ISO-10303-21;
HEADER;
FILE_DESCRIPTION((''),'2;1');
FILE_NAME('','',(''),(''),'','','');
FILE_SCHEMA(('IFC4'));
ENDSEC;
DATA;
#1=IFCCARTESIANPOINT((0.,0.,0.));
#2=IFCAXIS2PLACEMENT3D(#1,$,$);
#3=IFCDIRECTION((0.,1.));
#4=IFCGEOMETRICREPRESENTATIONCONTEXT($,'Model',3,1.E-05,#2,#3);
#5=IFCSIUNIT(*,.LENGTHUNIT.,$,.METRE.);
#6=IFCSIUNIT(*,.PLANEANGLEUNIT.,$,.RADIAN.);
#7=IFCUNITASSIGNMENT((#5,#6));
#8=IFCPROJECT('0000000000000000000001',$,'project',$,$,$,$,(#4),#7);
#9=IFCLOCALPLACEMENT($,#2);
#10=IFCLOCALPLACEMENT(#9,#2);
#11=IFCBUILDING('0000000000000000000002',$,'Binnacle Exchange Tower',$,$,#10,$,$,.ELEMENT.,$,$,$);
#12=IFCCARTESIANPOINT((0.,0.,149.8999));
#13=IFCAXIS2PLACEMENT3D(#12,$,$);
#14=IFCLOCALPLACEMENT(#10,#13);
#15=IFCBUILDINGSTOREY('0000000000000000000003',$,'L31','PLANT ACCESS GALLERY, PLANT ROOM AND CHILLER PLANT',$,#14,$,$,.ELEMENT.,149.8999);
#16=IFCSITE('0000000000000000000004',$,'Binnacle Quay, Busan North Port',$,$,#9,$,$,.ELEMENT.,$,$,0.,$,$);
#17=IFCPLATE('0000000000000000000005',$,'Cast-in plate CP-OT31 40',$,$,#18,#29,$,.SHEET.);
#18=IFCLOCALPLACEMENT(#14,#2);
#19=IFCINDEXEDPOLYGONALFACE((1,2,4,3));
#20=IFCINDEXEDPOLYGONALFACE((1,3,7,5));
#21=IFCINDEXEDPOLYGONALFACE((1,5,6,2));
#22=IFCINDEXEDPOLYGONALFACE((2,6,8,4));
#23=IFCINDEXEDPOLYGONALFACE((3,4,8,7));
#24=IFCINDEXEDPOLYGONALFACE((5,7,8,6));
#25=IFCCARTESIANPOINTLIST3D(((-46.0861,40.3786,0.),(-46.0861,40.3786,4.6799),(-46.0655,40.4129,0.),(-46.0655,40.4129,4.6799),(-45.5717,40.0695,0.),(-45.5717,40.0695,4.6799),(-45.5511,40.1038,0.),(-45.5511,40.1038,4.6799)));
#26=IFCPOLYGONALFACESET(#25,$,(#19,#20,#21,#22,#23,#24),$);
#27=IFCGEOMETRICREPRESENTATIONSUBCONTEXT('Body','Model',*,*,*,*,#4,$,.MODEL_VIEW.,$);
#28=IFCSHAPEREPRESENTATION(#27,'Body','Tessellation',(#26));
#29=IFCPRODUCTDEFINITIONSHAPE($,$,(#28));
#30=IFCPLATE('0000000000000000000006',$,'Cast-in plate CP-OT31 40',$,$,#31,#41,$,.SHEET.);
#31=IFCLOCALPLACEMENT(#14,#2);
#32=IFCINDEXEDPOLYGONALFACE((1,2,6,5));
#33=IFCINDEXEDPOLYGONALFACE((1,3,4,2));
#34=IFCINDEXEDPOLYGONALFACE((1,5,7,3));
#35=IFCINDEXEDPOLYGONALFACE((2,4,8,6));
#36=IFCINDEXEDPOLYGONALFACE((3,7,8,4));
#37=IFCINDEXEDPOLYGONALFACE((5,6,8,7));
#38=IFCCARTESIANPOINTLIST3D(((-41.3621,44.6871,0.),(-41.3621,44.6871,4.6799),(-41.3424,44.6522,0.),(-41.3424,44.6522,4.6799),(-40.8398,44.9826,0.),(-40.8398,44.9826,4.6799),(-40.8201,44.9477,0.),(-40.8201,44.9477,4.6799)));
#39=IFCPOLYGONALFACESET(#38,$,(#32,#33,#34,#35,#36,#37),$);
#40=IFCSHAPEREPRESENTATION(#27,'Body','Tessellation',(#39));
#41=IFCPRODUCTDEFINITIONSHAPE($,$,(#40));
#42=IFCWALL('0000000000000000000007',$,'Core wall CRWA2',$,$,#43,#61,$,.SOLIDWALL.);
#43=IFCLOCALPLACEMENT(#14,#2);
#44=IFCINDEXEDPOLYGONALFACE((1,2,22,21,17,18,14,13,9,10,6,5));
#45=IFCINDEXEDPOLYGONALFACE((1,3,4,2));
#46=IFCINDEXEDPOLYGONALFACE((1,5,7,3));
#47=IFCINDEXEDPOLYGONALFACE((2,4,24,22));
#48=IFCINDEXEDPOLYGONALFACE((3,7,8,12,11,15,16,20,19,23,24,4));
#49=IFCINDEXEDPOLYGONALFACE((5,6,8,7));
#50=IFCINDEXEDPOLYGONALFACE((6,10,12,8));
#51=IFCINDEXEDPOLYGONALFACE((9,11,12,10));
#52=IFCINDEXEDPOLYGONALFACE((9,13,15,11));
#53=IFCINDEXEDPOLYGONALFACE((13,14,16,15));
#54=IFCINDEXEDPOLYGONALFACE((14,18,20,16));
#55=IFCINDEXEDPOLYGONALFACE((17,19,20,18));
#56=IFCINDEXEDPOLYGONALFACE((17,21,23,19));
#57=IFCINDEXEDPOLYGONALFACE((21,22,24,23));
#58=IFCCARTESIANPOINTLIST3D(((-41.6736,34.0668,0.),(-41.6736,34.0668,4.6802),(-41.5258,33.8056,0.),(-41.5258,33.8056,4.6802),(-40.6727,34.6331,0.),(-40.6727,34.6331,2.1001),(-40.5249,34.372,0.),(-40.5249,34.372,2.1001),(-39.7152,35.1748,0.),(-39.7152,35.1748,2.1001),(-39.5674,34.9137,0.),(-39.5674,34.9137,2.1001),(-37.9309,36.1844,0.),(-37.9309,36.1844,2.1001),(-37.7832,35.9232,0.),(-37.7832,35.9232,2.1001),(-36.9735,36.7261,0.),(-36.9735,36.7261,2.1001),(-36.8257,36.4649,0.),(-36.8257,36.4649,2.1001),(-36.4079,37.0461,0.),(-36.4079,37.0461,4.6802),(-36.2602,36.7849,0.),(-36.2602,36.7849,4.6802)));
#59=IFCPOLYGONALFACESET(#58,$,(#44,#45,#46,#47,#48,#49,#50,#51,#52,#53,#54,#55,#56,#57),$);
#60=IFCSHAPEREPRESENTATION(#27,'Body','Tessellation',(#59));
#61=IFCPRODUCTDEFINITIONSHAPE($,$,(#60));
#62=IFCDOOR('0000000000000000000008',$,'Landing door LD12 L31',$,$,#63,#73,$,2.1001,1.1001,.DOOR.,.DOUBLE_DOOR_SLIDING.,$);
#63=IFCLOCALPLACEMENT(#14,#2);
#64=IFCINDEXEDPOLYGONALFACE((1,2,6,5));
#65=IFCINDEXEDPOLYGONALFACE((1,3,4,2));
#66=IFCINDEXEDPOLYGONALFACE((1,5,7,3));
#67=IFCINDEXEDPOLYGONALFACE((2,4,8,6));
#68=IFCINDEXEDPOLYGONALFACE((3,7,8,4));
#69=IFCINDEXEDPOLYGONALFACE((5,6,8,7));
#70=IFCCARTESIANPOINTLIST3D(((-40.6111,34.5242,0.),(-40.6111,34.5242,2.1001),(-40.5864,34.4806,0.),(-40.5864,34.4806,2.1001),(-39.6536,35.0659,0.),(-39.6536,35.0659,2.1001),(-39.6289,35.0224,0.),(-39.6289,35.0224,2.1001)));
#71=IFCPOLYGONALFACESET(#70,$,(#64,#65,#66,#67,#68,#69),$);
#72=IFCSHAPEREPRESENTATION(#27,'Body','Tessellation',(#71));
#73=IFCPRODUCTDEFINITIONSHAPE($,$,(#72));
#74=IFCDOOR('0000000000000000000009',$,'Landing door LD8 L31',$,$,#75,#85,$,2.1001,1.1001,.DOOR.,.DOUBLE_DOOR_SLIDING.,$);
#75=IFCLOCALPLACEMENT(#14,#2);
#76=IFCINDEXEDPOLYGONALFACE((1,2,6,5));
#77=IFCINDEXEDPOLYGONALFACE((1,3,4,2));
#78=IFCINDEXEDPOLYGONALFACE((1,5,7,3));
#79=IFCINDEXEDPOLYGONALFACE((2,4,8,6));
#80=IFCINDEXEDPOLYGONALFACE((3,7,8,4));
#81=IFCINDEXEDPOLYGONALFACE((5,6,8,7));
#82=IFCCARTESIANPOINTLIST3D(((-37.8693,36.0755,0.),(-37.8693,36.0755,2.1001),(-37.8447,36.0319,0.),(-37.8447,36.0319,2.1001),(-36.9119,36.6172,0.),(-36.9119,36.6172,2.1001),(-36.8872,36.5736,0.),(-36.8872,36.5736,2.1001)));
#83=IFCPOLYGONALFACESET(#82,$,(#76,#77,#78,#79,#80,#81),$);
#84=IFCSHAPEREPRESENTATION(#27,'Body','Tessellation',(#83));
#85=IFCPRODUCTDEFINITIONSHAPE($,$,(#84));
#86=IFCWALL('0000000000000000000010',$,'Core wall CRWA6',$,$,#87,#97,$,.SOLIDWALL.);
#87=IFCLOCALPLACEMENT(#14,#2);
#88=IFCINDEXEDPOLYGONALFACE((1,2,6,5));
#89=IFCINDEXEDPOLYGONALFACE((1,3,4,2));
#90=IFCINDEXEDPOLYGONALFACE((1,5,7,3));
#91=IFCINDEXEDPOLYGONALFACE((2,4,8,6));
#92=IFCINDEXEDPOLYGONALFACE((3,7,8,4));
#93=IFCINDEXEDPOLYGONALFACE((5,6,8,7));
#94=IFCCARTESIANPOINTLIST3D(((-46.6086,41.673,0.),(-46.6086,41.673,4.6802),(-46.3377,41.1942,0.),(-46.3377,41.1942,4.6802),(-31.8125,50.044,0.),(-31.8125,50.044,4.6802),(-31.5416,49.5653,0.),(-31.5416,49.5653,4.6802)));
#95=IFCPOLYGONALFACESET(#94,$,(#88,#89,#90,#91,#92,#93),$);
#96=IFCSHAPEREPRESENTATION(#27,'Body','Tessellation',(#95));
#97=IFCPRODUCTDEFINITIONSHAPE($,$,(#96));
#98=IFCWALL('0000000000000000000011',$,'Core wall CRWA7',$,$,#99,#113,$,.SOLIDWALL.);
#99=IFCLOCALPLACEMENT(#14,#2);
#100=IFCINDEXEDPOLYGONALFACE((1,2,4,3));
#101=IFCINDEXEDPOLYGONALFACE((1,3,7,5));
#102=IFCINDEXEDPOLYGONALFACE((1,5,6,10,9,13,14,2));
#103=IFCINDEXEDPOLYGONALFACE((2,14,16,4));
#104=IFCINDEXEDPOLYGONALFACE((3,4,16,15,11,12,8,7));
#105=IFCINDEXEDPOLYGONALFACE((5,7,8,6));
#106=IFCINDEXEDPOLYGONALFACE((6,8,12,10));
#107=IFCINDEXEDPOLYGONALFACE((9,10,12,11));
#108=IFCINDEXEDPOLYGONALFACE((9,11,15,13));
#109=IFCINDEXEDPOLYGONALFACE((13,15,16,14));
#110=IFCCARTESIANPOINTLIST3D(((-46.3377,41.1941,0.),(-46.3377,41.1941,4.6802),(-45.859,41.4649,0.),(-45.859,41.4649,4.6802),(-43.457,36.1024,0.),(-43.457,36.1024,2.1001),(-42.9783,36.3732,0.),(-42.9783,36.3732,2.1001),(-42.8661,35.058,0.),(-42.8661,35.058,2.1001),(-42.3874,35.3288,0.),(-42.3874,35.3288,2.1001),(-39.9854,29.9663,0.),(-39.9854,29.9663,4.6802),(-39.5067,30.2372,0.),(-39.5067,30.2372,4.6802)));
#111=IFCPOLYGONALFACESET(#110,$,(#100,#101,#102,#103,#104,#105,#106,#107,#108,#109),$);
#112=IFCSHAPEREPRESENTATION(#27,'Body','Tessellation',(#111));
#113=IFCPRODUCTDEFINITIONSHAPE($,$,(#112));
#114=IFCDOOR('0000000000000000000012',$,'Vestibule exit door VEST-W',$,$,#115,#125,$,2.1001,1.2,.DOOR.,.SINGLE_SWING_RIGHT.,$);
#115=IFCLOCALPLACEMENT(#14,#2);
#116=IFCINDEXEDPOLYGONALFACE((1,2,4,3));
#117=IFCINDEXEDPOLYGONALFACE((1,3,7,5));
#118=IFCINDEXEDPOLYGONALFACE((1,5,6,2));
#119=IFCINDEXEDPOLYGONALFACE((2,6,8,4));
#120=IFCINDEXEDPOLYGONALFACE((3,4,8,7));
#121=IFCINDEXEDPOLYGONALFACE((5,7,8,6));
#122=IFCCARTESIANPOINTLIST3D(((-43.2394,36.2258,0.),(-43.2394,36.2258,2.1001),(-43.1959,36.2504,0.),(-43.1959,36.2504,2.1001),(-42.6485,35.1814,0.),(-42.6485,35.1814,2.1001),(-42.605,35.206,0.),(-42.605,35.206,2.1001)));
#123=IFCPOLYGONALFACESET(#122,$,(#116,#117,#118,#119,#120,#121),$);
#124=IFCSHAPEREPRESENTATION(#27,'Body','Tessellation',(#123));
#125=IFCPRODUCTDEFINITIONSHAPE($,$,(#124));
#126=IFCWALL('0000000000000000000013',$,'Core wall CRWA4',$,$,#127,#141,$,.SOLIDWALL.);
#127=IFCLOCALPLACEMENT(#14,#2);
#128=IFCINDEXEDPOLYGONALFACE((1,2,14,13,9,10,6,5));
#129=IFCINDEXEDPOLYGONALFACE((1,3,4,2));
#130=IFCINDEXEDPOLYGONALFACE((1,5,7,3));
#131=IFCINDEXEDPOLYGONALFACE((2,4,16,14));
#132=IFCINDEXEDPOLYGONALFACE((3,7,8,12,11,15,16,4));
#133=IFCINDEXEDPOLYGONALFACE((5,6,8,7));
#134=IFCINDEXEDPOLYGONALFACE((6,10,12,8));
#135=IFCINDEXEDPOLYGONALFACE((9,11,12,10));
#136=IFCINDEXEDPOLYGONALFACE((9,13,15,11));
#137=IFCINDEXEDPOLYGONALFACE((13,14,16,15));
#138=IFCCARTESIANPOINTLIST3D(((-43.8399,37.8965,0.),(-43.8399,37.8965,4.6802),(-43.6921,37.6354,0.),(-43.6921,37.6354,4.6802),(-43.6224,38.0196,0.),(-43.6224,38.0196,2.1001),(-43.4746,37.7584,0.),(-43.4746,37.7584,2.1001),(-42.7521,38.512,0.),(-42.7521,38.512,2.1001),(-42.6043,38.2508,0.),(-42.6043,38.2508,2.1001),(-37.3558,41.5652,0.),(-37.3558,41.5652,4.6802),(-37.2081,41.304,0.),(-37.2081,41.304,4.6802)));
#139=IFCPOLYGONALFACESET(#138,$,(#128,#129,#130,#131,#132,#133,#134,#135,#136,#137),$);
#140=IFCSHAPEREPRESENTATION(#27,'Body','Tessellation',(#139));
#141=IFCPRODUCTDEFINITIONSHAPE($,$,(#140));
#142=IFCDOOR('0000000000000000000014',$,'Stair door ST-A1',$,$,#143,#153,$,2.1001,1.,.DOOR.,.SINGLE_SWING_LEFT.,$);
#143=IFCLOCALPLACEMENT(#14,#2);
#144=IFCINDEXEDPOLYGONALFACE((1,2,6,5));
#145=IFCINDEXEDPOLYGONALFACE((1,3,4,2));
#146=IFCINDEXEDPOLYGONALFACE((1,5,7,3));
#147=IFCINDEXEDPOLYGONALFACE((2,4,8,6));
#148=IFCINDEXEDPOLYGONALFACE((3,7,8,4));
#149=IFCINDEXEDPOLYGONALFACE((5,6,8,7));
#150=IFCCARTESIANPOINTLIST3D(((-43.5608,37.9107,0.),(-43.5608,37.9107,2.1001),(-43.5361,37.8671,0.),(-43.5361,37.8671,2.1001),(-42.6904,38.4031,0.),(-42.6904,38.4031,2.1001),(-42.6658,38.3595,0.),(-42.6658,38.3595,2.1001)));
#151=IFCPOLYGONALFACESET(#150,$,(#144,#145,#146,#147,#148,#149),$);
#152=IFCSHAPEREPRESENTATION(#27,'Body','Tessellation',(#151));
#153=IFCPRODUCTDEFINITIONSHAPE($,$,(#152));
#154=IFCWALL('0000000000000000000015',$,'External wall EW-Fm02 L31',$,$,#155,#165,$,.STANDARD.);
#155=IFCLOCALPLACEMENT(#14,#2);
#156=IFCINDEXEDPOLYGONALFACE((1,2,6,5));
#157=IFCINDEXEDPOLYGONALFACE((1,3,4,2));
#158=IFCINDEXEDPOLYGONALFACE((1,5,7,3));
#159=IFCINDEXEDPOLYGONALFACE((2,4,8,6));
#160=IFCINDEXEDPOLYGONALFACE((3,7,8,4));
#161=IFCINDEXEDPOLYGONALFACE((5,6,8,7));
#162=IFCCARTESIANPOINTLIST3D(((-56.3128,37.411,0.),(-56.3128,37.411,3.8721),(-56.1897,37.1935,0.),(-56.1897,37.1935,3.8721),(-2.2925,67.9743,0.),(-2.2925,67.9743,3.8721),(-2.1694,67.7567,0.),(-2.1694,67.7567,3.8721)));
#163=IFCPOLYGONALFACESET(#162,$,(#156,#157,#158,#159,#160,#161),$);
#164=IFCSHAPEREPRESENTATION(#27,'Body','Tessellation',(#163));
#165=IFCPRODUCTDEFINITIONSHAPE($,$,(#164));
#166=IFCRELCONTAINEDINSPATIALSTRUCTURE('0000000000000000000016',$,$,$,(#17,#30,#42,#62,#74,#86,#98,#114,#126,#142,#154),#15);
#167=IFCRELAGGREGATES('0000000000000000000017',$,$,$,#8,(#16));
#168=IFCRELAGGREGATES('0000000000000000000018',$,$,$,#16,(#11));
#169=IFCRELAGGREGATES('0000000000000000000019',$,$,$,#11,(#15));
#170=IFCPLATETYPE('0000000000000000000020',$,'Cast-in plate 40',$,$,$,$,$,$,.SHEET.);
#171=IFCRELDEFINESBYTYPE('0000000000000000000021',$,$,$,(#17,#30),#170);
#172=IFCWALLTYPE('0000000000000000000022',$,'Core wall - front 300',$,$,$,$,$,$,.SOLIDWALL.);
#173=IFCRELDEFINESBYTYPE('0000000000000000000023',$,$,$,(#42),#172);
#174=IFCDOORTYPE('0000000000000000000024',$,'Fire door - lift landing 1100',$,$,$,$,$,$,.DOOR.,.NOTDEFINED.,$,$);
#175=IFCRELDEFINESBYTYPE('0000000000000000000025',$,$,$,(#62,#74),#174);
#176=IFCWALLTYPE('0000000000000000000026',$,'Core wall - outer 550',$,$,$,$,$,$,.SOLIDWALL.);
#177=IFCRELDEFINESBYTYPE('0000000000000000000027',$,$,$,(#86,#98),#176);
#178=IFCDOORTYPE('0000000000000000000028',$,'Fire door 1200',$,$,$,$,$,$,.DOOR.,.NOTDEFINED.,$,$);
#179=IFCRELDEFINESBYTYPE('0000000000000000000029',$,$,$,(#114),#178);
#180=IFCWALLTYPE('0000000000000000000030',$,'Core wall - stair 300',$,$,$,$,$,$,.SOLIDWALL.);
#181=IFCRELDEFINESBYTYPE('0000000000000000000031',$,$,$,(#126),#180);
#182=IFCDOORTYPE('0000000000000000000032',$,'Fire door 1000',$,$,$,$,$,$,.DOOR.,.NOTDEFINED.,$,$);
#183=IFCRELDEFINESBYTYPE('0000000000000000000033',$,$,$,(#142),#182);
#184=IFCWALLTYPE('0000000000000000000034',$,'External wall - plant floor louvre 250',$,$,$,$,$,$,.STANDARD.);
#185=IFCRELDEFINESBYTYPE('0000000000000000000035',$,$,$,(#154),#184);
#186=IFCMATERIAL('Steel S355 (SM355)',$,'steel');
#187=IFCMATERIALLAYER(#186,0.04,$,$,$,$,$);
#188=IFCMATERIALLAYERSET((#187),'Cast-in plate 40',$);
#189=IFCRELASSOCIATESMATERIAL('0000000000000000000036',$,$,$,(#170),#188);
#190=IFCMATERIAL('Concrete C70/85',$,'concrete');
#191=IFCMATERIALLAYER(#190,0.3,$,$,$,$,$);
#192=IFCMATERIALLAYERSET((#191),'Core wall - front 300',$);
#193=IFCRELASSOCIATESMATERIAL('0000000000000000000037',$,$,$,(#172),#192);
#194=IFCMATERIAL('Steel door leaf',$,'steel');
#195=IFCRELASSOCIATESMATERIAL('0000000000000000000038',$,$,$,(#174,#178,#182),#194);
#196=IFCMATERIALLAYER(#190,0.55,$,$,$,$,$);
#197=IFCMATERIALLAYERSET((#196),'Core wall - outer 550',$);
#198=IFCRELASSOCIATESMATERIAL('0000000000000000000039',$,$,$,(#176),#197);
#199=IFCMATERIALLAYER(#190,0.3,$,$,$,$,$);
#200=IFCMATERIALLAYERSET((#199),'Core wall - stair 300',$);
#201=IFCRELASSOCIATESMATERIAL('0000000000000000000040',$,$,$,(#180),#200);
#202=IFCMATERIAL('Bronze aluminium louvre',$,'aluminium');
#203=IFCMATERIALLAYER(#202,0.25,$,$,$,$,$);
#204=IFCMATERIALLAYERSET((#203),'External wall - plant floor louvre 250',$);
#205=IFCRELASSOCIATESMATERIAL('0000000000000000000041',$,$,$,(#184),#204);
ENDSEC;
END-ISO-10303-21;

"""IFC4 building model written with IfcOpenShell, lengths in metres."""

from ifc_helpers import new_model, si_unit, direction, frame, frame_2d, origin, origin_2d, place, context, subcontext, project, spatial, rectangle, extrude, material, layer, layer_set, type_object, element, fill, save


model = new_model("IFC4")

# Units and contexts
model_context = context("Model", 3, precision=1e-05, world=origin(), true_north=direction((0.0, 1.0)))
body_context = subcontext(model_context, "Body", "Model", "MODEL_VIEW")
ifc_project = project(units=[si_unit("LENGTHUNIT", "METRE"), si_unit("PLANEANGLEUNIT", "RADIAN")], contexts=[model_context])

# Site, building, storey
site_placement = place(None, origin())
site = spatial("IfcSite", under=ifc_project, at=site_placement, Name="Binnacle Quay, Busan North Port", CompositionType="ELEMENT", RefElevation=0.0)
building_placement = place(site_placement, origin())
building = spatial("IfcBuilding", under=site, at=building_placement, Name="Binnacle Exchange Tower", CompositionType="ELEMENT")
storey_placement = place(building_placement, frame((0.0, 0.0, 149.8999)))
storey = spatial("IfcBuildingStorey", under=building, at=storey_placement, Name="L31", Description="PLANT ACCESS GALLERY, PLANT ROOM AND CHILLER PLANT", CompositionType="ELEMENT", Elevation=149.8999)

# Shared definitions
ifc_material_1 = material(Name="Concrete C70/85", Category="concrete")

# Plates
ifc_material_2 = material(Name="Steel S355 (SM355)", Category="steel")
ifc_layer_1 = layer(ifc_material_2, 0.04)
ifc_layer_set_1 = layer_set([ifc_layer_1], Name="Cast-in plate 40")
plate_type = type_object("IfcPlateType", Name="Cast-in plate 40", PredefinedType="SHEET", material=ifc_layer_set_1)
for number, where, z_axis, x_axis, name in (
    (1, (-45.8186, 40.2412, 0.0), (0.0, 0.0, 1.0), (0.515038, 0.857167, 0.0), "Cast-in plate CP-OT31 40"),
    (2, (-41.0911, 44.8174, 0.0), (0.0, 0.0, 1.0), (0.492424, -0.870356, 0.0), "Cast-in plate CP-OT31 40"),
):
    element("IfcPlate", number, at=place(storey_placement, frame(where, z_axis=z_axis, x_axis=x_axis)), inside=storey, type_object=plate_type, Name=name, PredefinedType="SHEET", context=body_context, shape_type="SweptSolid", body=[
        extrude(rectangle(XDim=0.04, YDim=0.6001, at=origin_2d()), origin(), (0.0, 0.0, 1.0), 4.6799),
    ])

# Wall, openings, doors
ifc_layer_2 = layer(ifc_material_1, 0.3)
ifc_layer_set_2 = layer_set([ifc_layer_2], Name="Core wall - front 300")
wall_type_1 = type_object("IfcWallType", Name="Core wall - front 300", PredefinedType="SOLIDWALL", material=ifc_layer_set_2)
wall_1_placement = place(storey_placement, frame((-41.5996, 33.9363, 0.0), z_axis=(0.0, 0.0, 1.0), x_axis=(0.870349, 0.492436, 0.0)))
wall_1 = element("IfcWall", 3, at=wall_1_placement, inside=storey, type_object=wall_type_1, Name="Core wall CRWA2", PredefinedType="SOLIDWALL", context=body_context, shape_type="SweptSolid", body=[
    extrude(rectangle(XDim=6.05, YDim=0.3, at=frame_2d((3.0249, 0.0))), origin(), (0.0, 0.0, 1.0), 4.6802),
])
opening_1_placement = place(wall_1_placement, frame((1.1499, 0.0, 0.0)))
opening_1 = element("IfcOpeningElement", 4, at=opening_1_placement, cuts=wall_1, PredefinedType="OPENING", context=body_context, shape_type="SweptSolid", body=[
    extrude(rectangle(XDim=1.1001, YDim=2.1001, at=frame_2d((0.55, 1.05))), frame((0.0, 0.1599, 0.0), z_axis=(0.0, -1.0, 0.0), x_axis=(1.0, 0.0, 0.0)), (0.0, 0.0, 1.0), 0.3201),
])
opening_2_placement = place(wall_1_placement, frame((4.3, 0.0, 0.0)))
opening_2 = element("IfcOpeningElement", 5, at=opening_2_placement, cuts=wall_1, PredefinedType="OPENING", context=body_context, shape_type="SweptSolid", body=[
    extrude(rectangle(XDim=1.1001, YDim=2.1001, at=frame_2d((0.55, 1.05))), frame((0.0, 0.1599, 0.0), z_axis=(0.0, -1.0, 0.0), x_axis=(1.0, 0.0, 0.0)), (0.0, 0.0, 1.0), 0.3201),
])
ifc_material_3 = material(Name="Steel door leaf", Category="steel")
door_type_1 = type_object("IfcDoorType", Name="Fire door - lift landing 1100", OperationType="NOTDEFINED", PredefinedType="DOOR", material=ifc_material_3)
door_1_placement = place(opening_1_placement, origin())
door_1 = element("IfcDoor", 6, at=door_1_placement, inside=storey, type_object=door_type_1, Name="Landing door LD12 L31", OperationType="DOUBLE_DOOR_SLIDING", OverallHeight=2.1001, OverallWidth=1.1001, PredefinedType="DOOR", context=body_context, shape_type="SweptSolid", body=[
    extrude(rectangle(XDim=1.1001, YDim=2.1001, at=frame_2d((0.55, 1.05))), frame((0.0, 0.0249, 0.0), z_axis=(0.0, -1.0, 0.0), x_axis=(1.0, 0.0, 0.0)), (0.0, 0.0, 1.0), 0.05),
])
fill(opening_1, door_1)
door_2_placement = place(opening_2_placement, origin())
door_2 = element("IfcDoor", 7, at=door_2_placement, inside=storey, type_object=door_type_1, Name="Landing door LD8 L31", OperationType="DOUBLE_DOOR_SLIDING", OverallHeight=2.1001, OverallWidth=1.1001, PredefinedType="DOOR", context=body_context, shape_type="SweptSolid", body=[
    extrude(rectangle(XDim=1.1001, YDim=2.1001, at=frame_2d((0.55, 1.05))), frame((0.0, 0.0249, 0.0), z_axis=(0.0, -1.0, 0.0), x_axis=(1.0, 0.0, 0.0)), (0.0, 0.0, 1.0), 0.05),
])
fill(opening_2, door_2)

# Wall
ifc_layer_3 = layer(ifc_material_1, 0.55)
ifc_layer_set_3 = layer_set([ifc_layer_3], Name="Core wall - outer 550")
wall_type_2 = type_object("IfcWallType", Name="Core wall - outer 550", PredefinedType="SOLIDWALL", material=ifc_layer_set_3)
wall_2_placement = place(storey_placement, frame((-46.4731, 41.4336, 0.0), z_axis=(0.0, 0.0, 1.0), x_axis=(0.87036, 0.492416, 0.0)))
element("IfcWall", 8, at=wall_2_placement, inside=storey, type_object=wall_type_2, Name="Core wall CRWA6", PredefinedType="SOLIDWALL", context=body_context, shape_type="SweptSolid", body=[
    extrude(rectangle(XDim=17.0, YDim=0.55, at=frame_2d((8.5, 0.0))), origin(), (0.0, 0.0, 1.0), 4.6802),
])

# Walls, openings, doors
wall_3_placement = place(storey_placement, frame((-46.0984, 41.3296, 0.0), z_axis=(0.0, 0.0, 1.0), x_axis=(0.492419, -0.870358, 0.0)))
wall_3 = element("IfcWall", 9, at=wall_3_placement, inside=storey, type_object=wall_type_2, Name="Core wall CRWA7", PredefinedType="SOLIDWALL", context=body_context, shape_type="SweptSolid", body=[
    extrude(rectangle(XDim=12.9001, YDim=0.55, at=frame_2d((6.4502, 0.0))), origin(), (0.0, 0.0, 1.0), 4.6802),
])
opening_3_placement = place(wall_3_placement, frame((5.8501, 0.0, 0.0)))
opening_3 = element("IfcOpeningElement", 10, at=opening_3_placement, cuts=wall_3, PredefinedType="OPENING", context=body_context, shape_type="SweptSolid", body=[
    extrude(rectangle(XDim=1.2, YDim=2.1001, at=frame_2d((0.6001, 1.05))), frame((0.0, 0.2849, 0.0), z_axis=(0.0, -1.0, 0.0), x_axis=(1.0, 0.0, 0.0)), (0.0, 0.0, 1.0), 0.5701),
])
door_type_2 = type_object("IfcDoorType", Name="Fire door 1200", OperationType="NOTDEFINED", PredefinedType="DOOR", material=ifc_material_3)
door_3_placement = place(opening_3_placement, frame((1.2, 0.0, 0.0), z_axis=(0.0, 0.0, 1.0), x_axis=(-1.0, 0.0, 0.0)))
door_3 = element("IfcDoor", 11, at=door_3_placement, inside=storey, type_object=door_type_2, Name="Vestibule exit door VEST-W", OperationType="SINGLE_SWING_RIGHT", OverallHeight=2.1001, OverallWidth=1.2, PredefinedType="DOOR", context=body_context, shape_type="SweptSolid", body=[
    extrude(rectangle(XDim=1.2, YDim=2.1001, at=frame_2d((0.6001, 1.05))), frame((0.0, 0.0249, 0.0), z_axis=(0.0, -1.0, 0.0), x_axis=(1.0, 0.0, 0.0)), (0.0, 0.0, 1.0), 0.05),
])
fill(opening_3, door_3)
ifc_layer_4 = layer(ifc_material_1, 0.3)
ifc_layer_set_4 = layer_set([ifc_layer_4], Name="Core wall - stair 300")
wall_type_3 = type_object("IfcWallType", Name="Core wall - stair 300", PredefinedType="SOLIDWALL", material=ifc_layer_set_4)
wall_4_placement = place(storey_placement, frame((-43.7661, 37.7659, 0.0), z_axis=(0.0, 0.0, 1.0), x_axis=(0.870347, 0.492439, 0.0)))
wall_4 = element("IfcWall", 12, at=wall_4_placement, inside=storey, type_object=wall_type_3, Name="Core wall CRWA4", PredefinedType="SOLIDWALL", context=body_context, shape_type="SweptSolid", body=[
    extrude(rectangle(XDim=7.45, YDim=0.3, at=frame_2d((3.7251, 0.0))), origin(), (0.0, 0.0, 1.0), 4.6802),
])
opening_4_placement = place(wall_4_placement, frame((0.25, 0.0, 0.0)))
opening_4 = element("IfcOpeningElement", 13, at=opening_4_placement, cuts=wall_4, PredefinedType="OPENING", context=body_context, shape_type="SweptSolid", body=[
    extrude(rectangle(XDim=1.0, YDim=2.1001, at=frame_2d((0.5, 1.05))), frame((0.0, 0.1599, 0.0), z_axis=(0.0, -1.0, 0.0), x_axis=(1.0, 0.0, 0.0)), (0.0, 0.0, 1.0), 0.3201),
])
door_type_3 = type_object("IfcDoorType", Name="Fire door 1000", OperationType="NOTDEFINED", PredefinedType="DOOR", material=ifc_material_3)
door_4_placement = place(opening_4_placement, origin())
door_4 = element("IfcDoor", 14, at=door_4_placement, inside=storey, type_object=door_type_3, Name="Stair door ST-A1", OperationType="SINGLE_SWING_LEFT", OverallHeight=2.1001, OverallWidth=1.0, PredefinedType="DOOR", context=body_context, shape_type="SweptSolid", body=[
    extrude(rectangle(XDim=1.0, YDim=2.1001, at=frame_2d((0.5, 1.05))), frame((0.0, 0.0249, 0.0), z_axis=(0.0, -1.0, 0.0), x_axis=(1.0, 0.0, 0.0)), (0.0, 0.0, 1.0), 0.05),
])
fill(opening_4, door_4)

# Wall
ifc_material_4 = material(Name="Bronze aluminium louvre", Category="aluminium")
ifc_layer_5 = layer(ifc_material_4, 0.25)
ifc_layer_set_5 = layer_set([ifc_layer_5], Name="External wall - plant floor louvre 250")
wall_type_4 = type_object("IfcWallType", Name="External wall - plant floor louvre 250", PredefinedType="STANDARD", material=ifc_layer_set_5)
wall_5_placement = place(storey_placement, frame((-56.2512, 37.3022, 0.0), z_axis=(0.0, 0.0, 1.0), x_axis=(0.870355, 0.492424, 0.0)))
element("IfcWall", 15, at=wall_5_placement, inside=storey, type_object=wall_type_4, Name="External wall EW-Fm02 L31", PredefinedType="STANDARD", context=body_context, shape_type="SweptSolid", body=[
    extrude(rectangle(XDim=62.0669, YDim=0.25, at=frame_2d((31.0334, 0.0))), origin(), (0.0, 0.0, 1.0), 3.8721),
])

save(model, "model.ifc")
